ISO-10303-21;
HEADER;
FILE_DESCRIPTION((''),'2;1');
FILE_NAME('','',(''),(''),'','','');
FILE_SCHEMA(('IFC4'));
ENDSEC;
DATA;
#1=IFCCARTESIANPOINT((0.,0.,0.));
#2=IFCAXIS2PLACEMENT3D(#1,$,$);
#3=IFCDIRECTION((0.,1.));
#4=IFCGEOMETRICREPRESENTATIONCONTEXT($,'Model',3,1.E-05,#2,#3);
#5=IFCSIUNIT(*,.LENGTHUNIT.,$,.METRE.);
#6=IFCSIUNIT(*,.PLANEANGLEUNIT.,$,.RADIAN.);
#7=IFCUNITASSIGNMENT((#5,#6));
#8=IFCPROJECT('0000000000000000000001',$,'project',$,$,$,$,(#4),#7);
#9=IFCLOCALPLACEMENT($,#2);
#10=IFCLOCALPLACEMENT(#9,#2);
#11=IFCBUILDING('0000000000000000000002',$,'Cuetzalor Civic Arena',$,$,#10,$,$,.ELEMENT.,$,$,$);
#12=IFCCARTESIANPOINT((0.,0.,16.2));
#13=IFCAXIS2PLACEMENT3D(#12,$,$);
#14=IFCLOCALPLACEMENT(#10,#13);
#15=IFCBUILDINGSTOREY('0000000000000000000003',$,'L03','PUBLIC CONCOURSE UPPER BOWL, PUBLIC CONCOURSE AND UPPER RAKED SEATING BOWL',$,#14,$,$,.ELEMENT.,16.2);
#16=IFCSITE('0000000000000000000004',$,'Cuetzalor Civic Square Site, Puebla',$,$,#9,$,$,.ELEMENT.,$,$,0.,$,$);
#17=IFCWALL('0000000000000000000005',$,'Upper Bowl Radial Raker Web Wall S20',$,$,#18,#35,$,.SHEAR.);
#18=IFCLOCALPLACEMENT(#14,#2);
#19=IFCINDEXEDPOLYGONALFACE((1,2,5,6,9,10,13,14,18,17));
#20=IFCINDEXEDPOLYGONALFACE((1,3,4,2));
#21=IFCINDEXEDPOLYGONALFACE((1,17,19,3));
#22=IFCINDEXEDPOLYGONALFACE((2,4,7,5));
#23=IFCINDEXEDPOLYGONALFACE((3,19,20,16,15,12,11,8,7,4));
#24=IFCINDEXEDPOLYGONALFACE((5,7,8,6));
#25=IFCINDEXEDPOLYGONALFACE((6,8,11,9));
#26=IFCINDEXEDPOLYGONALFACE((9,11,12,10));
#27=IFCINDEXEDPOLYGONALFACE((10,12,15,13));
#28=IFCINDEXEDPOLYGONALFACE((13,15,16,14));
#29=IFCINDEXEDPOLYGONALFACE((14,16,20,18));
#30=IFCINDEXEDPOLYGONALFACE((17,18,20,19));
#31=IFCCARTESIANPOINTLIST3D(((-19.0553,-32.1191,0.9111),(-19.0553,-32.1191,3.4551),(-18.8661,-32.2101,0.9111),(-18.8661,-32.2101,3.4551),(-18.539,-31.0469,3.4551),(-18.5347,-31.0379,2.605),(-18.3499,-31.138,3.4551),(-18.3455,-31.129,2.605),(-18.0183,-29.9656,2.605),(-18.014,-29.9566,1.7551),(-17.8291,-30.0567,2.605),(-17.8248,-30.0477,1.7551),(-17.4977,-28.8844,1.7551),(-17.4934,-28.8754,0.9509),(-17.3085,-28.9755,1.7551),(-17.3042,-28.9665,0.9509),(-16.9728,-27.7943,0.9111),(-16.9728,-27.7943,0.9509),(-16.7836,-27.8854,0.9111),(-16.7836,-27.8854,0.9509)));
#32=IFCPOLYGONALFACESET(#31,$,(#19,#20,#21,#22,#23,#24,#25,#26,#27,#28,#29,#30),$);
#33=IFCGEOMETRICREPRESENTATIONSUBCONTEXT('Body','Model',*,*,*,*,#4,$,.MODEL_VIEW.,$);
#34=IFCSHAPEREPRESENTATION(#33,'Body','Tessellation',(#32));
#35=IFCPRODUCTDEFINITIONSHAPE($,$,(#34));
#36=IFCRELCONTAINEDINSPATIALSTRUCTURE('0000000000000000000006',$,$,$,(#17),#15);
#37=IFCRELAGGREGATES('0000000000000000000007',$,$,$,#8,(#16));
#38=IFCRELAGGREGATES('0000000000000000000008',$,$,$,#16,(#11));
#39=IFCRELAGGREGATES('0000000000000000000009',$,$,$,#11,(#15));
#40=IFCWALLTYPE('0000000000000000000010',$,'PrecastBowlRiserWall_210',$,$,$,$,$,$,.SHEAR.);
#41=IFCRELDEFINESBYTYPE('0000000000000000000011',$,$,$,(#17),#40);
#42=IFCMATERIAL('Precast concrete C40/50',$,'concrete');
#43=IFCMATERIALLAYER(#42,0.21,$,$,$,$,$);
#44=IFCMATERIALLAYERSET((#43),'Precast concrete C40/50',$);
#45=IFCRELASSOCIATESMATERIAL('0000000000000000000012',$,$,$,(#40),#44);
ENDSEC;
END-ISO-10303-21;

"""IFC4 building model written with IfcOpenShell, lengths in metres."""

from ifc_helpers import new_model, si_unit, direction, frame, origin, place, context, subcontext, project, spatial, polyline, outline, extrude, material, layer, layer_set, type_object, element, save


model = new_model("IFC4")

# Units and contexts
model_context = context("Model", 3, precision=1e-05, world=origin(), true_north=direction((0.0, 1.0)))
body_context = subcontext(model_context, "Body", "Model", "MODEL_VIEW")
ifc_project = project(units=[si_unit("LENGTHUNIT", "METRE"), si_unit("PLANEANGLEUNIT", "RADIAN")], contexts=[model_context])

# Site, building, storey
site_placement = place(None, origin())
site = spatial("IfcSite", under=ifc_project, at=site_placement, Name="Cuetzalor Civic Square Site, Puebla", CompositionType="ELEMENT", RefElevation=0.0)
building_placement = place(site_placement, origin())
building = spatial("IfcBuilding", under=site, at=building_placement, Name="Cuetzalor Civic Arena", CompositionType="ELEMENT")
storey_placement = place(building_placement, frame((0.0, 0.0, 16.2)))
storey = spatial("IfcBuildingStorey", under=building, at=storey_placement, Name="L03", Description="PUBLIC CONCOURSE UPPER BOWL, PUBLIC CONCOURSE AND UPPER RAKED SEATING BOWL", CompositionType="ELEMENT", Elevation=16.2)

# Wall
ifc_material_1 = material(Name="Precast concrete C40/50", Category="concrete")
ifc_layer_1 = layer(ifc_material_1, 0.21)
ifc_layer_set_1 = layer_set([ifc_layer_1], Name="Precast concrete C40/50")
wall_type = type_object("IfcWallType", Name="PrecastBowlRiserWall_210", PredefinedType="SHEAR", material=ifc_layer_set_1)
wall_1_placement = place(storey_placement, frame((-16.8782, -27.8398, 0.9111), z_axis=(0.0, 0.0, 1.0), x_axis=(-0.433858, -0.900981, 0.0)))
element("IfcWall", 1, at=wall_1_placement, inside=storey, type_object=wall_type, Name="Upper Bowl Radial Raker Web Wall S20", PredefinedType="SHEAR", context=body_context, shape_type="SweptSolid", body=[
    extrude(outline(polyline([(0.0, 0.0), (4.8, 0.0), (4.8, 2.5439), (3.6101, 2.5439), (3.6001, 1.6938), (2.4099, 1.6938), (2.3999, 0.844), (1.21, 0.844), (1.2, 0.0398), (0.0, 0.0398), (0.0, 0.0)])), frame((0.0, 0.105, 0.0), z_axis=(0.0, -1.0, 0.0), x_axis=(1.0, 0.0, 0.0)), (0.0, 0.0, 1.0), 0.21),
])

save(model, "model.ifc")
